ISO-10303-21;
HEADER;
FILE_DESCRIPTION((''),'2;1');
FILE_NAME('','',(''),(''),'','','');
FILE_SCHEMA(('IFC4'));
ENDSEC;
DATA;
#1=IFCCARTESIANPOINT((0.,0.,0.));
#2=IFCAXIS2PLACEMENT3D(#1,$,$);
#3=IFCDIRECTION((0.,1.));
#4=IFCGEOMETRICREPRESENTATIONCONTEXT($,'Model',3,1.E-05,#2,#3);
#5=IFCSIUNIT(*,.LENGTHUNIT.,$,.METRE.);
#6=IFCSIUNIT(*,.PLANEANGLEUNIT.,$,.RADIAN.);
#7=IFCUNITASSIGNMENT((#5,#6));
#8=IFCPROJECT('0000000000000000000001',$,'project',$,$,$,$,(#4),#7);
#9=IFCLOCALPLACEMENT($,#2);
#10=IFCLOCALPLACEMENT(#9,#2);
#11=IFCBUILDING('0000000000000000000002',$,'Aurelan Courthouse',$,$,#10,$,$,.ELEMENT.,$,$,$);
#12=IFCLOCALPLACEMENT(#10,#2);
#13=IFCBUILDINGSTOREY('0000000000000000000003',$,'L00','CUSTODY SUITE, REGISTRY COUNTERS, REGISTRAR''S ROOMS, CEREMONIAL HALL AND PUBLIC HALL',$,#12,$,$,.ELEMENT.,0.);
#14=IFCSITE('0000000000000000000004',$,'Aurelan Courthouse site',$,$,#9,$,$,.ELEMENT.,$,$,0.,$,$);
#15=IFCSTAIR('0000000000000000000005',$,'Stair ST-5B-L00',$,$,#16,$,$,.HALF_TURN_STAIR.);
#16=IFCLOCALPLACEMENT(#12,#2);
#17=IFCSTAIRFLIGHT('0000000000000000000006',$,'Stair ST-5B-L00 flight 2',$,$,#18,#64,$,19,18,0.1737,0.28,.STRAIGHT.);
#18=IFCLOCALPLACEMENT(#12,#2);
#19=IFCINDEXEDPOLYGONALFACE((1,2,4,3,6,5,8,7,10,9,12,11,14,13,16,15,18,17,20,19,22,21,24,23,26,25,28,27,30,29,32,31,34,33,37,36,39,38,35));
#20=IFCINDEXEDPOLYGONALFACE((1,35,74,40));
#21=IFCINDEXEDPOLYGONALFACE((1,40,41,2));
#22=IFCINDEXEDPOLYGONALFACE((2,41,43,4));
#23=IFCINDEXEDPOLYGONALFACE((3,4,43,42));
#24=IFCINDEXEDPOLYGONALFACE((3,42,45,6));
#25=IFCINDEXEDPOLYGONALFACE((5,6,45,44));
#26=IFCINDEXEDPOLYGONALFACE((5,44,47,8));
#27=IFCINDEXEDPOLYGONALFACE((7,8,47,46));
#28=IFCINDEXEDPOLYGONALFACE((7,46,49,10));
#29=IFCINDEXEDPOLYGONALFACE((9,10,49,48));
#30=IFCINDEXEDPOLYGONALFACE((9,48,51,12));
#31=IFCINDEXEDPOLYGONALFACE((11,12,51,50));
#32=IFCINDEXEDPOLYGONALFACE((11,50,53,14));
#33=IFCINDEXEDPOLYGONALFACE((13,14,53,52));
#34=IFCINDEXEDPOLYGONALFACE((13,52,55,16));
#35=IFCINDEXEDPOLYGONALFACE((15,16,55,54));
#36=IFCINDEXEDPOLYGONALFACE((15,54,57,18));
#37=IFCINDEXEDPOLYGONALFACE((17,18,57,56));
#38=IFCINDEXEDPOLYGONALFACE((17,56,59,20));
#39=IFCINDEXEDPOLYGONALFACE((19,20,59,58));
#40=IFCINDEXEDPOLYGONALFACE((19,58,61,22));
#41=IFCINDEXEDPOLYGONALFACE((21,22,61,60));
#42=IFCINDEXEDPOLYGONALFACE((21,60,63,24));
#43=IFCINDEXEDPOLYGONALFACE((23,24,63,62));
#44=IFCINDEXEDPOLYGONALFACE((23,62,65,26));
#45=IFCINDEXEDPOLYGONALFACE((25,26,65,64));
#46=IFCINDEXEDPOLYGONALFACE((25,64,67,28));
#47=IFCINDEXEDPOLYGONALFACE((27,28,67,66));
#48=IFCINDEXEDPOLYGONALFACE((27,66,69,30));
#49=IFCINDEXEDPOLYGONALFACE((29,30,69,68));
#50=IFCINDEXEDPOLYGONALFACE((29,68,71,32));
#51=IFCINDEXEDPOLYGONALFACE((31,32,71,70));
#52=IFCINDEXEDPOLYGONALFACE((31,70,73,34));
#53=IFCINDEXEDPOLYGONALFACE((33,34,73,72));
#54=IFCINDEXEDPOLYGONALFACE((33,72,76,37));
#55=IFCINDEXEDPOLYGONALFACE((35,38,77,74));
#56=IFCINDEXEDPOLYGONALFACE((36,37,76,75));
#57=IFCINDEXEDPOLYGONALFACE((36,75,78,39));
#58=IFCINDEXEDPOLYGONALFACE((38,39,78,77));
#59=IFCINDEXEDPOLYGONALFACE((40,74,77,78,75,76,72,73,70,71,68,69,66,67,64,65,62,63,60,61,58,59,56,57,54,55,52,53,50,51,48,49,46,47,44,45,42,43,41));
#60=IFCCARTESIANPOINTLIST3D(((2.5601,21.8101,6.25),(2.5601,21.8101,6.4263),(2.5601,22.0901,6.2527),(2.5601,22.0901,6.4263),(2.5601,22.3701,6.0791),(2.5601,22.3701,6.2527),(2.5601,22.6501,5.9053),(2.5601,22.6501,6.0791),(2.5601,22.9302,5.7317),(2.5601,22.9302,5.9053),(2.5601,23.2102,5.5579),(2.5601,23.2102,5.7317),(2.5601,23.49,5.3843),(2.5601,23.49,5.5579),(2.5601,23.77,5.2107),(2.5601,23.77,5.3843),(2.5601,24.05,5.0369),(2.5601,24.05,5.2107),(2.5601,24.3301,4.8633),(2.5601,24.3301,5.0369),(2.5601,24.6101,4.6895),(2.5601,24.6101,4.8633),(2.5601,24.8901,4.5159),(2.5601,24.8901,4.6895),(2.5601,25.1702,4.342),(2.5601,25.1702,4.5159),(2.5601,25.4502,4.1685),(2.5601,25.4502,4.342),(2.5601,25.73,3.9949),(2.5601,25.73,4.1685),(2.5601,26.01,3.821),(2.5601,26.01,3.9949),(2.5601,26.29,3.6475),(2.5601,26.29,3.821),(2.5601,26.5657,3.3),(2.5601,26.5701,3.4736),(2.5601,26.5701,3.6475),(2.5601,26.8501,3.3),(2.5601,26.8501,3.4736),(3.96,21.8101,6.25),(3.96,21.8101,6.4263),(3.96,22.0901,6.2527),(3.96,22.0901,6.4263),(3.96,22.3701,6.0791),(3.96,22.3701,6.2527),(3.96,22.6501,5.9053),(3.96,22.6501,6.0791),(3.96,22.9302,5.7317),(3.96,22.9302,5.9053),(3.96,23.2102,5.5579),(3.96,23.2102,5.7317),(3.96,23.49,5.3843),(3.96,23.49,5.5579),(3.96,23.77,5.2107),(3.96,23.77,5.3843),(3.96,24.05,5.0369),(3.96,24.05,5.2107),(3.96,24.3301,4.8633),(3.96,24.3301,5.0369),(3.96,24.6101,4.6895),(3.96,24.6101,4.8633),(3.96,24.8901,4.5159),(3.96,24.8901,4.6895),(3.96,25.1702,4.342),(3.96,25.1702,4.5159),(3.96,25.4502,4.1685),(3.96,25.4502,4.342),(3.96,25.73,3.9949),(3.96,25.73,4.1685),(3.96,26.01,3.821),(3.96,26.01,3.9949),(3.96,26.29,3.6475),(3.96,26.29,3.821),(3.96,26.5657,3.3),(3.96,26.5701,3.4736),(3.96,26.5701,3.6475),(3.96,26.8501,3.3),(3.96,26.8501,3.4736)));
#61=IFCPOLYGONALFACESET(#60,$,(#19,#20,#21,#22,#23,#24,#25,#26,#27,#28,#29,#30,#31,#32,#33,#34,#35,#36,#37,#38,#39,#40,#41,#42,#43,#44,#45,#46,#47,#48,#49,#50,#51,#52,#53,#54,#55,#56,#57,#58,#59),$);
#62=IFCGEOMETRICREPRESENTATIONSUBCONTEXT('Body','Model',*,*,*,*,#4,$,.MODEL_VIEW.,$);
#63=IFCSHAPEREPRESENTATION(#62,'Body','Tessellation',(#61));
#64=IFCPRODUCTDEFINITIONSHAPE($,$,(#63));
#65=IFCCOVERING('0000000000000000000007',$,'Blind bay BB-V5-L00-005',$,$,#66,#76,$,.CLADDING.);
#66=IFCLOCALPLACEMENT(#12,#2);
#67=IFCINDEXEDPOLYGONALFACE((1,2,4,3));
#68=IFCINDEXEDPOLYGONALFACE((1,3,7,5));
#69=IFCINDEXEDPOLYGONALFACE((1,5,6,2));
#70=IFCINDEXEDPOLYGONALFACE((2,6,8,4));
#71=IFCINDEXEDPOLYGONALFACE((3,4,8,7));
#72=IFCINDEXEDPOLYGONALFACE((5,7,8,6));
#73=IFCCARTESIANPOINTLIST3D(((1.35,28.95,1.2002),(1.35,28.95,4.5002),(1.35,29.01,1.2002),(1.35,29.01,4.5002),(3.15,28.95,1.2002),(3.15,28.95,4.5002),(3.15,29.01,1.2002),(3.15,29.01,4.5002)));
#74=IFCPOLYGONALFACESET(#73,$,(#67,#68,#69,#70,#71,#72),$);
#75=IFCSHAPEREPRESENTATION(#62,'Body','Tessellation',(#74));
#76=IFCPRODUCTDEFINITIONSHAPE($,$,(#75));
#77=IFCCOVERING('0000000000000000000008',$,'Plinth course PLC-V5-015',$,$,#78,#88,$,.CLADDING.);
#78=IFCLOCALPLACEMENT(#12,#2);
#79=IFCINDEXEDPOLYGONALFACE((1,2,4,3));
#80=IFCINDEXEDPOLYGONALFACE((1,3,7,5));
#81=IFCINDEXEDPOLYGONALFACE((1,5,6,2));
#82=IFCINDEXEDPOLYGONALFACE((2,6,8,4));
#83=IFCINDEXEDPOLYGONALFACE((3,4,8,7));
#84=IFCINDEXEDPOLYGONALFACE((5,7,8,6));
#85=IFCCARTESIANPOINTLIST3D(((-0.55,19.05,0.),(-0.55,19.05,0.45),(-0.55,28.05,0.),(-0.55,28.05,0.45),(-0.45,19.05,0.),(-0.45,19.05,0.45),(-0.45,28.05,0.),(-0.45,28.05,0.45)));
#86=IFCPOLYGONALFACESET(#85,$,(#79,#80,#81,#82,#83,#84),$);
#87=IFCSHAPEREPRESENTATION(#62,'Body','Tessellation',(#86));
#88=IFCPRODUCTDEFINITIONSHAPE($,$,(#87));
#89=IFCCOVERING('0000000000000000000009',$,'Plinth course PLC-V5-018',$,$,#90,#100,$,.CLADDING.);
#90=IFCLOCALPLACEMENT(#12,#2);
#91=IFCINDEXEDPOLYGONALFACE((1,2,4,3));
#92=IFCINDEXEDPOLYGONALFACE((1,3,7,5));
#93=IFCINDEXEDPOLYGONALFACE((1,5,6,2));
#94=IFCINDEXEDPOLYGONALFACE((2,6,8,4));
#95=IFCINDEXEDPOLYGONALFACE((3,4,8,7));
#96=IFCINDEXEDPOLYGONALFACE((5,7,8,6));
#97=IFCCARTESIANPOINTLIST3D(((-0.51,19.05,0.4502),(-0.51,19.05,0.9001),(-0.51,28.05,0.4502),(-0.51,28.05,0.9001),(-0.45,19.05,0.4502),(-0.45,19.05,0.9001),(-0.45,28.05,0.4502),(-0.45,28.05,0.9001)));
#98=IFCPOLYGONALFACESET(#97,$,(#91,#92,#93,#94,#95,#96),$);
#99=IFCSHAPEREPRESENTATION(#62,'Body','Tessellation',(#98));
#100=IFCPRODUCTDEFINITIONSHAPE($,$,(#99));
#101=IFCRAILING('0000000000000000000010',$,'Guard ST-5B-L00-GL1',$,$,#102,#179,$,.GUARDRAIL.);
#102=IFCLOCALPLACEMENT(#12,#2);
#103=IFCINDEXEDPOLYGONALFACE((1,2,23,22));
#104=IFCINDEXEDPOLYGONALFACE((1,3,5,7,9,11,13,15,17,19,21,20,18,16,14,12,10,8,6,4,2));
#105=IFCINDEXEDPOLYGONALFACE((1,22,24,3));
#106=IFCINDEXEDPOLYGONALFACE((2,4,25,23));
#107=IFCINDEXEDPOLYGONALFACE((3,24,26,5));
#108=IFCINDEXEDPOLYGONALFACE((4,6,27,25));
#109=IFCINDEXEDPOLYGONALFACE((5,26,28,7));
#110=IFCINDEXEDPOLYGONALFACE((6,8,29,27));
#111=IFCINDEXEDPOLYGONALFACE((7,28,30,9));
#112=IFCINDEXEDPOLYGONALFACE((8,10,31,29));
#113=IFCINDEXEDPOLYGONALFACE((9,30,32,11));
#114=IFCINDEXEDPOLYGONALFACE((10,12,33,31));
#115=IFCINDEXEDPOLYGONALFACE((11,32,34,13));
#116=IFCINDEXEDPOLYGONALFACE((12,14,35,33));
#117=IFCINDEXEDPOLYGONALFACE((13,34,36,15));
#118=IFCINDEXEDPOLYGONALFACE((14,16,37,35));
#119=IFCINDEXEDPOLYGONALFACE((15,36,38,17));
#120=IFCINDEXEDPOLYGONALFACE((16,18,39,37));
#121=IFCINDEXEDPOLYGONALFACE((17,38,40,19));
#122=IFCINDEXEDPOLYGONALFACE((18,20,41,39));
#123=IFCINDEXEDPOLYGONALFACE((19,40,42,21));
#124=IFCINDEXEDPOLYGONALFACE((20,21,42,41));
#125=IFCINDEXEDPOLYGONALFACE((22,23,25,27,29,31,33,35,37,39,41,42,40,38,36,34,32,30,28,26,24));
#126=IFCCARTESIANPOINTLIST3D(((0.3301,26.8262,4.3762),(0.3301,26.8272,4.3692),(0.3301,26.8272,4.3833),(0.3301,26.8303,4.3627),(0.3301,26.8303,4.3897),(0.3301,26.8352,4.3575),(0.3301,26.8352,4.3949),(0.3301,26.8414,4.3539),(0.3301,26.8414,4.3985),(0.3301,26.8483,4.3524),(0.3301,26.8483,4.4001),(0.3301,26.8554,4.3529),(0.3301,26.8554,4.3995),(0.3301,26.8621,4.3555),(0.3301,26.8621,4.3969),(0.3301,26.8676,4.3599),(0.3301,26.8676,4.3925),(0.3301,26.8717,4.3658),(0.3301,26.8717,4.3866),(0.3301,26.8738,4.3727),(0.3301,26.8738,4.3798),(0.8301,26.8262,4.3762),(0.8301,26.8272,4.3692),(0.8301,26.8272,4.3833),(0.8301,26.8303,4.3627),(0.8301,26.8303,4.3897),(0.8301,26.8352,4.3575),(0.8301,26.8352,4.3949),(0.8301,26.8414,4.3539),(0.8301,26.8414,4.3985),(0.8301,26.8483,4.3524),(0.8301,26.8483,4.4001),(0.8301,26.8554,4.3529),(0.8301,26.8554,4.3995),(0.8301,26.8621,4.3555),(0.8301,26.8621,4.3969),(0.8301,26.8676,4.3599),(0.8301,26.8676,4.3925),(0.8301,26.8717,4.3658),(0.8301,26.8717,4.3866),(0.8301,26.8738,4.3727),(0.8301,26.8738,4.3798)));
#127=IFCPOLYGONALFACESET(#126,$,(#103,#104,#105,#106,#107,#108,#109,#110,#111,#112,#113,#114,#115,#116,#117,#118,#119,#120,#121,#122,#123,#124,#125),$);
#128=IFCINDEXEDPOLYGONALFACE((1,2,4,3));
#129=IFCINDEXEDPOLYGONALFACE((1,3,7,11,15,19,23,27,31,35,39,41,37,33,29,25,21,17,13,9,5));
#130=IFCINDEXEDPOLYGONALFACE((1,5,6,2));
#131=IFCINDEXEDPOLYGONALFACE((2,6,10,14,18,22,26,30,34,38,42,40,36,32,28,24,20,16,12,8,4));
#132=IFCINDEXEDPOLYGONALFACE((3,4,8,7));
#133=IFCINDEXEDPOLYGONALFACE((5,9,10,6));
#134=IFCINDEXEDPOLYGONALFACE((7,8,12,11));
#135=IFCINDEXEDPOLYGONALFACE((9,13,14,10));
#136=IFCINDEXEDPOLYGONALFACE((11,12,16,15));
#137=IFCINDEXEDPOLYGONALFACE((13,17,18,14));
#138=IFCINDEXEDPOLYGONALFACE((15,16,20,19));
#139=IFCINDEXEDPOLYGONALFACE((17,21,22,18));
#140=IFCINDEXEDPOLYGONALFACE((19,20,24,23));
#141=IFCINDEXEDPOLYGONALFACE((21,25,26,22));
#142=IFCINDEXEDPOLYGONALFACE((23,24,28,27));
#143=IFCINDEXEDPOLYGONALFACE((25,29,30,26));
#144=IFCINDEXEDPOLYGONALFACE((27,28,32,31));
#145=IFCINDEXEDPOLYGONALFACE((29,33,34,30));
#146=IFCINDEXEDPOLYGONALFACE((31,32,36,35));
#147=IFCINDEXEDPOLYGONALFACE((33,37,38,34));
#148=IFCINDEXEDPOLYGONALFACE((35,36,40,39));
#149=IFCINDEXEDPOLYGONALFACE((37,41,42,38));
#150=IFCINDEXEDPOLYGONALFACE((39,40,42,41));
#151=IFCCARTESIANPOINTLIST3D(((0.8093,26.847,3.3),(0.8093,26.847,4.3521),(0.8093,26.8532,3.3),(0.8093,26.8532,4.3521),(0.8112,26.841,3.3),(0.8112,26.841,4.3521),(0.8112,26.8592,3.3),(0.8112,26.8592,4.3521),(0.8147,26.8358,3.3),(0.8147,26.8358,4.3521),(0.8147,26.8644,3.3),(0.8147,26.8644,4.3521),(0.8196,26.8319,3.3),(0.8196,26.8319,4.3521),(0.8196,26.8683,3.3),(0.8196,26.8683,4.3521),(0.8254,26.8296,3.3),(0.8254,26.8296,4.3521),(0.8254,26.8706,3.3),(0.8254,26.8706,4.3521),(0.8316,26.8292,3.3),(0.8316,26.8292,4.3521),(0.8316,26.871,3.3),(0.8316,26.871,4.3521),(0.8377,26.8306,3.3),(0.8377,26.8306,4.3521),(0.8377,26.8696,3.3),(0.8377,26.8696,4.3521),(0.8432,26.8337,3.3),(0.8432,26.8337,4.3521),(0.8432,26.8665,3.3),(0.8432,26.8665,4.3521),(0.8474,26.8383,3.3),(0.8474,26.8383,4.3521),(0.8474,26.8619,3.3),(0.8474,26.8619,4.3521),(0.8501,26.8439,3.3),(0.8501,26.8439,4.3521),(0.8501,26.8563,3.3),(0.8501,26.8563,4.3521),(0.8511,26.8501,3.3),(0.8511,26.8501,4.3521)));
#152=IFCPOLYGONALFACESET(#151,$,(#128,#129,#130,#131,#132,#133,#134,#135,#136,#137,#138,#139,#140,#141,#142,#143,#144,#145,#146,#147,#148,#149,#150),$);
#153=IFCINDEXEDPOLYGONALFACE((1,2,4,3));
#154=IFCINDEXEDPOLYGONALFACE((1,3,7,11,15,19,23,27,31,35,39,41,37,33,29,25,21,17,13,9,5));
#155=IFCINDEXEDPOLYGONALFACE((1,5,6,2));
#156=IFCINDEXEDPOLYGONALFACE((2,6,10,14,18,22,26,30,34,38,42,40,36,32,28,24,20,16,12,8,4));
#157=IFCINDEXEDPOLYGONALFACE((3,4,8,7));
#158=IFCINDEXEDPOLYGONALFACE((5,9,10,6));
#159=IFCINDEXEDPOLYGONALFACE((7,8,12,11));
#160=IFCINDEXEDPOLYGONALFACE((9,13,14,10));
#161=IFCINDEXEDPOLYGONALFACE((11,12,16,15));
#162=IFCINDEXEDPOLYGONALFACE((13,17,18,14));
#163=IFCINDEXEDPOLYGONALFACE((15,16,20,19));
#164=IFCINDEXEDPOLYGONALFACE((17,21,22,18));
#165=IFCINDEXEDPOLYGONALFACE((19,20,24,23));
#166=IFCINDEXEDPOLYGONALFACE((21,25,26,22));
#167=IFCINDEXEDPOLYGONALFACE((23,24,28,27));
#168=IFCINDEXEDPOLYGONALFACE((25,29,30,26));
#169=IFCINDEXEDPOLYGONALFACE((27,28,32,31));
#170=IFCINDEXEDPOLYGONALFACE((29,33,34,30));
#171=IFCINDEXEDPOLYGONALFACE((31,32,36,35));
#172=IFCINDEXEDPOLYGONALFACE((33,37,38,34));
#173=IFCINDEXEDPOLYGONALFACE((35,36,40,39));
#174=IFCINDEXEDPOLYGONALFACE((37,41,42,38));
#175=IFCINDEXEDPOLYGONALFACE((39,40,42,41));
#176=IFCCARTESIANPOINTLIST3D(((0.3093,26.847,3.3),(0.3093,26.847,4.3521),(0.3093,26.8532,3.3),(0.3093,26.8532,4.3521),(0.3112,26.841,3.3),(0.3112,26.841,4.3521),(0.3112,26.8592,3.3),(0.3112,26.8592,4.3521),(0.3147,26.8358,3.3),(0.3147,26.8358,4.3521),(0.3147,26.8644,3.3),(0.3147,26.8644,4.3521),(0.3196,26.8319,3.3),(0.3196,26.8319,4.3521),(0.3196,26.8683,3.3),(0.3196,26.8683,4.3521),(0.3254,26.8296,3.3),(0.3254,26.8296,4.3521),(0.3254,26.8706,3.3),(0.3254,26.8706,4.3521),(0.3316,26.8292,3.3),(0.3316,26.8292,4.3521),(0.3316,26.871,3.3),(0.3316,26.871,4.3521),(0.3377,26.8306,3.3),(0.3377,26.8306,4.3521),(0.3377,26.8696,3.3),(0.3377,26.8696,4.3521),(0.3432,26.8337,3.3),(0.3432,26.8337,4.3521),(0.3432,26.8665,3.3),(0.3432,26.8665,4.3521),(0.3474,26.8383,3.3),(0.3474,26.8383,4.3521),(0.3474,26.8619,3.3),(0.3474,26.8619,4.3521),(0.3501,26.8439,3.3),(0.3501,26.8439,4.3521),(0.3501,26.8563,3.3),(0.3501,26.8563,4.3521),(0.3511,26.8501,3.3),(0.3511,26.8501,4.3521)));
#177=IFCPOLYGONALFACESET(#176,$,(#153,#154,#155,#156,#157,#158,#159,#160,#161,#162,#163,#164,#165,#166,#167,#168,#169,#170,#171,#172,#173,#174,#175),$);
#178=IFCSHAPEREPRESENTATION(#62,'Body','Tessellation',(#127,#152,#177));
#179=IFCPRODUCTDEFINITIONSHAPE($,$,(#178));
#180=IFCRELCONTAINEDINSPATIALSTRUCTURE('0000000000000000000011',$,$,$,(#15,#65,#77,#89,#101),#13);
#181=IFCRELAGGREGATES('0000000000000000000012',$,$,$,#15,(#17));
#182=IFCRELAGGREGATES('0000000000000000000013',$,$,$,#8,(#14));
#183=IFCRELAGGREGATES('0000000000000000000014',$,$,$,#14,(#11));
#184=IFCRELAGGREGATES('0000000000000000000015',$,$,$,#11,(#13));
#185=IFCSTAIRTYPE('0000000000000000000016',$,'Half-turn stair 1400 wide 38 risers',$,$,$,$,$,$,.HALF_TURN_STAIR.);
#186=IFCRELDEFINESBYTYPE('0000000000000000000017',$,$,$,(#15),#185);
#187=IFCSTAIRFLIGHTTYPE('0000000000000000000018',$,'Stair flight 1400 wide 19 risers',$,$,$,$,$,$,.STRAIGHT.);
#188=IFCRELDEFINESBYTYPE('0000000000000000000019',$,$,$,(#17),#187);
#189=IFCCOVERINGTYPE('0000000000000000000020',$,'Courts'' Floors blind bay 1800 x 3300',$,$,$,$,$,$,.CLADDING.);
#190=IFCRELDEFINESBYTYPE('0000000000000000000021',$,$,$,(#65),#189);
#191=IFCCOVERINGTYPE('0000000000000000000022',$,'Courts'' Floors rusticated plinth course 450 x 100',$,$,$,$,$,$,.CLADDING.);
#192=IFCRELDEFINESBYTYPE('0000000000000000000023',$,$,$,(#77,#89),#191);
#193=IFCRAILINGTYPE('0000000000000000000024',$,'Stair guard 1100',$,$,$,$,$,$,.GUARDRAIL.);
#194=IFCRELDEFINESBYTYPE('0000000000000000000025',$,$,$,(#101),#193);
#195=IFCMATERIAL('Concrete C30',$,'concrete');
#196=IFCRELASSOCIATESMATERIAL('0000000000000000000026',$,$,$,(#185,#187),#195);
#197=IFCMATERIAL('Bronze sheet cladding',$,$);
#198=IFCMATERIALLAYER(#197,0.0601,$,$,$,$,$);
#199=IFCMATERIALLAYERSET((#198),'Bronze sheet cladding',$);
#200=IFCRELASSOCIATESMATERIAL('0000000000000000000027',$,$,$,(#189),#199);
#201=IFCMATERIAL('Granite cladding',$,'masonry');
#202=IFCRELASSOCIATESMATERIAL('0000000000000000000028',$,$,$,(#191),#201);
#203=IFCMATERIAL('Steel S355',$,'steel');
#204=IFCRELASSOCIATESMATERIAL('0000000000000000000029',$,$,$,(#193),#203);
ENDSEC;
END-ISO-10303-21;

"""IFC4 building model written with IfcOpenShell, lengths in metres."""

from ifc_helpers import new_model, si_unit, direction, frame, origin, origin_2d, place, context, subcontext, project, spatial, polyline, rectangle, circle, outline, extrude, material, layer, layer_set, type_object, element, aggregate, save


model = new_model("IFC4")

# Units and contexts
model_context = context("Model", 3, precision=1e-05, world=origin(), true_north=direction((0.0, 1.0)))
body_context = subcontext(model_context, "Body", "Model", "MODEL_VIEW")
ifc_project = project(units=[si_unit("LENGTHUNIT", "METRE"), si_unit("PLANEANGLEUNIT", "RADIAN")], contexts=[model_context])

# Site, building, storey
site_placement = place(None, origin())
site = spatial("IfcSite", under=ifc_project, at=site_placement, Name="Aurelan Courthouse site", CompositionType="ELEMENT", RefElevation=0.0)
building_placement = place(site_placement, origin())
building = spatial("IfcBuilding", under=site, at=building_placement, Name="Aurelan Courthouse", CompositionType="ELEMENT")
storey_placement = place(building_placement, origin())
storey = spatial("IfcBuildingStorey", under=building, at=storey_placement, Name="L00", Description="CUSTODY SUITE, REGISTRY COUNTERS, REGISTRAR'S ROOMS, CEREMONIAL HALL AND PUBLIC HALL", CompositionType="ELEMENT", Elevation=0.0)

# Shared definitions
ifc_material_1 = material(Name="Granite cladding", Category="masonry")
ifc_material_2 = material(Name="Concrete C30", Category="concrete")

# Stair, stair flight
stair_type = type_object("IfcStairType", Name="Half-turn stair 1400 wide 38 risers", PredefinedType="HALF_TURN_STAIR", material=ifc_material_2)
stair_placement = place(storey_placement, origin())
stair = element("IfcStair", 1, at=stair_placement, inside=storey, type_object=stair_type, Name="Stair ST-5B-L00", PredefinedType="HALF_TURN_STAIR")
stair_flight_type = type_object("IfcStairFlightType", Name="Stair flight 1400 wide 19 risers", PredefinedType="STRAIGHT", material=ifc_material_2)
stair_flight_1_placement = place(storey_placement, frame((3.26, 26.8501, 3.3), z_axis=(0.0, 0.0, 1.0), x_axis=(0.0, -1.0, 0.0)))
stair_flight_1 = element("IfcStairFlight", 2, at=stair_flight_1_placement, type_object=stair_flight_type, Name="Stair ST-5B-L00 flight 2", NumberOfRisers=19, NumberOfTreads=18, PredefinedType="STRAIGHT", RiserHeight=0.1737, TreadLength=0.28, context=body_context, shape_type="SweptSolid", body=[
    extrude(outline(polyline([(0.0, 0.0), (0.0, 0.1736), (0.28, 0.1736), (0.28, 0.3474), (0.5601, 0.3474), (0.5601, 0.521), (0.8401, 0.521), (0.8401, 0.6948), (1.1201, 0.6948), (1.1201, 0.8684), (1.3999, 0.8684), (1.3999, 1.042), (1.6799, 1.042), (1.6799, 1.2158), (1.96, 1.2158), (1.96, 1.3894), (2.24, 1.3894), (2.24, 1.5632), (2.52, 1.5632), (2.52, 1.7368), (2.8, 1.7368), (2.8, 1.9106), (3.0801, 1.9106), (3.0801, 2.0842), (3.3601, 2.0842), (3.3601, 2.2578), (3.6399, 2.2578), (3.6399, 2.4316), (3.9199, 2.4316), (3.9199, 2.6052), (4.2, 2.6052), (4.2, 2.7791), (4.48, 2.7791), (4.48, 2.9526), (4.76, 2.9526), (4.76, 3.1262), (5.04, 3.1262), (5.04, 3.3), (5.04, 2.95), (0.2844, 0.0), (0.0, 0.0)])), frame((0.0, 0.7, 0.0), z_axis=(0.0, -1.0, 0.0), x_axis=(1.0, 0.0, 0.0)), (0.0, 0.0, 1.0), 1.3999),
])
aggregate(stair, [stair_flight_1])

# Coverings
ifc_material_3 = material(Name="Bronze sheet cladding")
ifc_layer_1 = layer(ifc_material_3, 0.0601)
ifc_layer_set_1 = layer_set([ifc_layer_1], Name="Bronze sheet cladding")
covering_type_1 = type_object("IfcCoveringType", Name="Courts' Floors blind bay 1800 x 3300", PredefinedType="CLADDING", material=ifc_layer_set_1)
covering_1_placement = place(storey_placement, frame((2.25, 28.98, 1.2002), z_axis=(0.0, 0.0, 1.0), x_axis=(1.0, 0.0, 0.0)))
element("IfcCovering", 3, at=covering_1_placement, inside=storey, type_object=covering_type_1, Name="Blind bay BB-V5-L00-005", PredefinedType="CLADDING", context=body_context, shape_type="SweptSolid", body=[
    extrude(rectangle(XDim=1.8, YDim=0.0601, at=origin_2d()), origin(), (0.0, 0.0, 1.0), 3.3),
])
covering_type_2 = type_object("IfcCoveringType", Name="Courts' Floors rusticated plinth course 450 x 100", PredefinedType="CLADDING", material=ifc_material_1)
covering_2_placement = place(storey_placement, frame((-0.5, 23.55, 0.0), z_axis=(0.0, 0.0, 1.0), x_axis=(1.0, 0.0, 0.0)))
element("IfcCovering", 4, at=covering_2_placement, inside=storey, type_object=covering_type_2, Name="Plinth course PLC-V5-015", PredefinedType="CLADDING", context=body_context, shape_type="SweptSolid", body=[
    extrude(rectangle(XDim=0.1001, YDim=9.0, at=origin_2d()), origin(), (0.0, 0.0, 1.0), 0.45),
])
covering_3_placement = place(storey_placement, frame((-0.48, 23.55, 0.4502), z_axis=(0.0, 0.0, 1.0), x_axis=(1.0, 0.0, 0.0)))
element("IfcCovering", 5, at=covering_3_placement, inside=storey, type_object=covering_type_2, Name="Plinth course PLC-V5-018", PredefinedType="CLADDING", context=body_context, shape_type="SweptSolid", body=[
    extrude(rectangle(XDim=0.0601, YDim=9.0, at=origin_2d()), origin(), (0.0, 0.0, 1.0), 0.45),
])

# Railing
ifc_material_4 = material(Name="Steel S355", Category="steel")
railing_type_1 = type_object("IfcRailingType", Name="Stair guard 1100", PredefinedType="GUARDRAIL", material=ifc_material_4)
railing_placement = place(storey_placement, frame((0.8301, 26.8501, 3.3)))
element("IfcRailing", 6, at=railing_placement, inside=storey, type_object=railing_type_1, Name="Guard ST-5B-L00-GL1", PredefinedType="GUARDRAIL", context=body_context, shape_type="SweptSolid", body=[
    extrude(circle(Radius=0.0239, at=origin_2d()), frame((0.0, 0.0, 1.0762), z_axis=(-1.0, 0.0, 0.0), x_axis=(0.0, -1.0, 0.0)), (0.0, 0.0, 1.0), 0.5),
    extrude(circle(Radius=0.021, at=origin_2d()), origin(), (0.0, 0.0, 1.0), 1.052),
    extrude(circle(Radius=0.021, at=origin_2d()), frame((-0.5, 0.0, 0.0)), (0.0, 0.0, 1.0), 1.052),
])

save(model, "model.ifc")
